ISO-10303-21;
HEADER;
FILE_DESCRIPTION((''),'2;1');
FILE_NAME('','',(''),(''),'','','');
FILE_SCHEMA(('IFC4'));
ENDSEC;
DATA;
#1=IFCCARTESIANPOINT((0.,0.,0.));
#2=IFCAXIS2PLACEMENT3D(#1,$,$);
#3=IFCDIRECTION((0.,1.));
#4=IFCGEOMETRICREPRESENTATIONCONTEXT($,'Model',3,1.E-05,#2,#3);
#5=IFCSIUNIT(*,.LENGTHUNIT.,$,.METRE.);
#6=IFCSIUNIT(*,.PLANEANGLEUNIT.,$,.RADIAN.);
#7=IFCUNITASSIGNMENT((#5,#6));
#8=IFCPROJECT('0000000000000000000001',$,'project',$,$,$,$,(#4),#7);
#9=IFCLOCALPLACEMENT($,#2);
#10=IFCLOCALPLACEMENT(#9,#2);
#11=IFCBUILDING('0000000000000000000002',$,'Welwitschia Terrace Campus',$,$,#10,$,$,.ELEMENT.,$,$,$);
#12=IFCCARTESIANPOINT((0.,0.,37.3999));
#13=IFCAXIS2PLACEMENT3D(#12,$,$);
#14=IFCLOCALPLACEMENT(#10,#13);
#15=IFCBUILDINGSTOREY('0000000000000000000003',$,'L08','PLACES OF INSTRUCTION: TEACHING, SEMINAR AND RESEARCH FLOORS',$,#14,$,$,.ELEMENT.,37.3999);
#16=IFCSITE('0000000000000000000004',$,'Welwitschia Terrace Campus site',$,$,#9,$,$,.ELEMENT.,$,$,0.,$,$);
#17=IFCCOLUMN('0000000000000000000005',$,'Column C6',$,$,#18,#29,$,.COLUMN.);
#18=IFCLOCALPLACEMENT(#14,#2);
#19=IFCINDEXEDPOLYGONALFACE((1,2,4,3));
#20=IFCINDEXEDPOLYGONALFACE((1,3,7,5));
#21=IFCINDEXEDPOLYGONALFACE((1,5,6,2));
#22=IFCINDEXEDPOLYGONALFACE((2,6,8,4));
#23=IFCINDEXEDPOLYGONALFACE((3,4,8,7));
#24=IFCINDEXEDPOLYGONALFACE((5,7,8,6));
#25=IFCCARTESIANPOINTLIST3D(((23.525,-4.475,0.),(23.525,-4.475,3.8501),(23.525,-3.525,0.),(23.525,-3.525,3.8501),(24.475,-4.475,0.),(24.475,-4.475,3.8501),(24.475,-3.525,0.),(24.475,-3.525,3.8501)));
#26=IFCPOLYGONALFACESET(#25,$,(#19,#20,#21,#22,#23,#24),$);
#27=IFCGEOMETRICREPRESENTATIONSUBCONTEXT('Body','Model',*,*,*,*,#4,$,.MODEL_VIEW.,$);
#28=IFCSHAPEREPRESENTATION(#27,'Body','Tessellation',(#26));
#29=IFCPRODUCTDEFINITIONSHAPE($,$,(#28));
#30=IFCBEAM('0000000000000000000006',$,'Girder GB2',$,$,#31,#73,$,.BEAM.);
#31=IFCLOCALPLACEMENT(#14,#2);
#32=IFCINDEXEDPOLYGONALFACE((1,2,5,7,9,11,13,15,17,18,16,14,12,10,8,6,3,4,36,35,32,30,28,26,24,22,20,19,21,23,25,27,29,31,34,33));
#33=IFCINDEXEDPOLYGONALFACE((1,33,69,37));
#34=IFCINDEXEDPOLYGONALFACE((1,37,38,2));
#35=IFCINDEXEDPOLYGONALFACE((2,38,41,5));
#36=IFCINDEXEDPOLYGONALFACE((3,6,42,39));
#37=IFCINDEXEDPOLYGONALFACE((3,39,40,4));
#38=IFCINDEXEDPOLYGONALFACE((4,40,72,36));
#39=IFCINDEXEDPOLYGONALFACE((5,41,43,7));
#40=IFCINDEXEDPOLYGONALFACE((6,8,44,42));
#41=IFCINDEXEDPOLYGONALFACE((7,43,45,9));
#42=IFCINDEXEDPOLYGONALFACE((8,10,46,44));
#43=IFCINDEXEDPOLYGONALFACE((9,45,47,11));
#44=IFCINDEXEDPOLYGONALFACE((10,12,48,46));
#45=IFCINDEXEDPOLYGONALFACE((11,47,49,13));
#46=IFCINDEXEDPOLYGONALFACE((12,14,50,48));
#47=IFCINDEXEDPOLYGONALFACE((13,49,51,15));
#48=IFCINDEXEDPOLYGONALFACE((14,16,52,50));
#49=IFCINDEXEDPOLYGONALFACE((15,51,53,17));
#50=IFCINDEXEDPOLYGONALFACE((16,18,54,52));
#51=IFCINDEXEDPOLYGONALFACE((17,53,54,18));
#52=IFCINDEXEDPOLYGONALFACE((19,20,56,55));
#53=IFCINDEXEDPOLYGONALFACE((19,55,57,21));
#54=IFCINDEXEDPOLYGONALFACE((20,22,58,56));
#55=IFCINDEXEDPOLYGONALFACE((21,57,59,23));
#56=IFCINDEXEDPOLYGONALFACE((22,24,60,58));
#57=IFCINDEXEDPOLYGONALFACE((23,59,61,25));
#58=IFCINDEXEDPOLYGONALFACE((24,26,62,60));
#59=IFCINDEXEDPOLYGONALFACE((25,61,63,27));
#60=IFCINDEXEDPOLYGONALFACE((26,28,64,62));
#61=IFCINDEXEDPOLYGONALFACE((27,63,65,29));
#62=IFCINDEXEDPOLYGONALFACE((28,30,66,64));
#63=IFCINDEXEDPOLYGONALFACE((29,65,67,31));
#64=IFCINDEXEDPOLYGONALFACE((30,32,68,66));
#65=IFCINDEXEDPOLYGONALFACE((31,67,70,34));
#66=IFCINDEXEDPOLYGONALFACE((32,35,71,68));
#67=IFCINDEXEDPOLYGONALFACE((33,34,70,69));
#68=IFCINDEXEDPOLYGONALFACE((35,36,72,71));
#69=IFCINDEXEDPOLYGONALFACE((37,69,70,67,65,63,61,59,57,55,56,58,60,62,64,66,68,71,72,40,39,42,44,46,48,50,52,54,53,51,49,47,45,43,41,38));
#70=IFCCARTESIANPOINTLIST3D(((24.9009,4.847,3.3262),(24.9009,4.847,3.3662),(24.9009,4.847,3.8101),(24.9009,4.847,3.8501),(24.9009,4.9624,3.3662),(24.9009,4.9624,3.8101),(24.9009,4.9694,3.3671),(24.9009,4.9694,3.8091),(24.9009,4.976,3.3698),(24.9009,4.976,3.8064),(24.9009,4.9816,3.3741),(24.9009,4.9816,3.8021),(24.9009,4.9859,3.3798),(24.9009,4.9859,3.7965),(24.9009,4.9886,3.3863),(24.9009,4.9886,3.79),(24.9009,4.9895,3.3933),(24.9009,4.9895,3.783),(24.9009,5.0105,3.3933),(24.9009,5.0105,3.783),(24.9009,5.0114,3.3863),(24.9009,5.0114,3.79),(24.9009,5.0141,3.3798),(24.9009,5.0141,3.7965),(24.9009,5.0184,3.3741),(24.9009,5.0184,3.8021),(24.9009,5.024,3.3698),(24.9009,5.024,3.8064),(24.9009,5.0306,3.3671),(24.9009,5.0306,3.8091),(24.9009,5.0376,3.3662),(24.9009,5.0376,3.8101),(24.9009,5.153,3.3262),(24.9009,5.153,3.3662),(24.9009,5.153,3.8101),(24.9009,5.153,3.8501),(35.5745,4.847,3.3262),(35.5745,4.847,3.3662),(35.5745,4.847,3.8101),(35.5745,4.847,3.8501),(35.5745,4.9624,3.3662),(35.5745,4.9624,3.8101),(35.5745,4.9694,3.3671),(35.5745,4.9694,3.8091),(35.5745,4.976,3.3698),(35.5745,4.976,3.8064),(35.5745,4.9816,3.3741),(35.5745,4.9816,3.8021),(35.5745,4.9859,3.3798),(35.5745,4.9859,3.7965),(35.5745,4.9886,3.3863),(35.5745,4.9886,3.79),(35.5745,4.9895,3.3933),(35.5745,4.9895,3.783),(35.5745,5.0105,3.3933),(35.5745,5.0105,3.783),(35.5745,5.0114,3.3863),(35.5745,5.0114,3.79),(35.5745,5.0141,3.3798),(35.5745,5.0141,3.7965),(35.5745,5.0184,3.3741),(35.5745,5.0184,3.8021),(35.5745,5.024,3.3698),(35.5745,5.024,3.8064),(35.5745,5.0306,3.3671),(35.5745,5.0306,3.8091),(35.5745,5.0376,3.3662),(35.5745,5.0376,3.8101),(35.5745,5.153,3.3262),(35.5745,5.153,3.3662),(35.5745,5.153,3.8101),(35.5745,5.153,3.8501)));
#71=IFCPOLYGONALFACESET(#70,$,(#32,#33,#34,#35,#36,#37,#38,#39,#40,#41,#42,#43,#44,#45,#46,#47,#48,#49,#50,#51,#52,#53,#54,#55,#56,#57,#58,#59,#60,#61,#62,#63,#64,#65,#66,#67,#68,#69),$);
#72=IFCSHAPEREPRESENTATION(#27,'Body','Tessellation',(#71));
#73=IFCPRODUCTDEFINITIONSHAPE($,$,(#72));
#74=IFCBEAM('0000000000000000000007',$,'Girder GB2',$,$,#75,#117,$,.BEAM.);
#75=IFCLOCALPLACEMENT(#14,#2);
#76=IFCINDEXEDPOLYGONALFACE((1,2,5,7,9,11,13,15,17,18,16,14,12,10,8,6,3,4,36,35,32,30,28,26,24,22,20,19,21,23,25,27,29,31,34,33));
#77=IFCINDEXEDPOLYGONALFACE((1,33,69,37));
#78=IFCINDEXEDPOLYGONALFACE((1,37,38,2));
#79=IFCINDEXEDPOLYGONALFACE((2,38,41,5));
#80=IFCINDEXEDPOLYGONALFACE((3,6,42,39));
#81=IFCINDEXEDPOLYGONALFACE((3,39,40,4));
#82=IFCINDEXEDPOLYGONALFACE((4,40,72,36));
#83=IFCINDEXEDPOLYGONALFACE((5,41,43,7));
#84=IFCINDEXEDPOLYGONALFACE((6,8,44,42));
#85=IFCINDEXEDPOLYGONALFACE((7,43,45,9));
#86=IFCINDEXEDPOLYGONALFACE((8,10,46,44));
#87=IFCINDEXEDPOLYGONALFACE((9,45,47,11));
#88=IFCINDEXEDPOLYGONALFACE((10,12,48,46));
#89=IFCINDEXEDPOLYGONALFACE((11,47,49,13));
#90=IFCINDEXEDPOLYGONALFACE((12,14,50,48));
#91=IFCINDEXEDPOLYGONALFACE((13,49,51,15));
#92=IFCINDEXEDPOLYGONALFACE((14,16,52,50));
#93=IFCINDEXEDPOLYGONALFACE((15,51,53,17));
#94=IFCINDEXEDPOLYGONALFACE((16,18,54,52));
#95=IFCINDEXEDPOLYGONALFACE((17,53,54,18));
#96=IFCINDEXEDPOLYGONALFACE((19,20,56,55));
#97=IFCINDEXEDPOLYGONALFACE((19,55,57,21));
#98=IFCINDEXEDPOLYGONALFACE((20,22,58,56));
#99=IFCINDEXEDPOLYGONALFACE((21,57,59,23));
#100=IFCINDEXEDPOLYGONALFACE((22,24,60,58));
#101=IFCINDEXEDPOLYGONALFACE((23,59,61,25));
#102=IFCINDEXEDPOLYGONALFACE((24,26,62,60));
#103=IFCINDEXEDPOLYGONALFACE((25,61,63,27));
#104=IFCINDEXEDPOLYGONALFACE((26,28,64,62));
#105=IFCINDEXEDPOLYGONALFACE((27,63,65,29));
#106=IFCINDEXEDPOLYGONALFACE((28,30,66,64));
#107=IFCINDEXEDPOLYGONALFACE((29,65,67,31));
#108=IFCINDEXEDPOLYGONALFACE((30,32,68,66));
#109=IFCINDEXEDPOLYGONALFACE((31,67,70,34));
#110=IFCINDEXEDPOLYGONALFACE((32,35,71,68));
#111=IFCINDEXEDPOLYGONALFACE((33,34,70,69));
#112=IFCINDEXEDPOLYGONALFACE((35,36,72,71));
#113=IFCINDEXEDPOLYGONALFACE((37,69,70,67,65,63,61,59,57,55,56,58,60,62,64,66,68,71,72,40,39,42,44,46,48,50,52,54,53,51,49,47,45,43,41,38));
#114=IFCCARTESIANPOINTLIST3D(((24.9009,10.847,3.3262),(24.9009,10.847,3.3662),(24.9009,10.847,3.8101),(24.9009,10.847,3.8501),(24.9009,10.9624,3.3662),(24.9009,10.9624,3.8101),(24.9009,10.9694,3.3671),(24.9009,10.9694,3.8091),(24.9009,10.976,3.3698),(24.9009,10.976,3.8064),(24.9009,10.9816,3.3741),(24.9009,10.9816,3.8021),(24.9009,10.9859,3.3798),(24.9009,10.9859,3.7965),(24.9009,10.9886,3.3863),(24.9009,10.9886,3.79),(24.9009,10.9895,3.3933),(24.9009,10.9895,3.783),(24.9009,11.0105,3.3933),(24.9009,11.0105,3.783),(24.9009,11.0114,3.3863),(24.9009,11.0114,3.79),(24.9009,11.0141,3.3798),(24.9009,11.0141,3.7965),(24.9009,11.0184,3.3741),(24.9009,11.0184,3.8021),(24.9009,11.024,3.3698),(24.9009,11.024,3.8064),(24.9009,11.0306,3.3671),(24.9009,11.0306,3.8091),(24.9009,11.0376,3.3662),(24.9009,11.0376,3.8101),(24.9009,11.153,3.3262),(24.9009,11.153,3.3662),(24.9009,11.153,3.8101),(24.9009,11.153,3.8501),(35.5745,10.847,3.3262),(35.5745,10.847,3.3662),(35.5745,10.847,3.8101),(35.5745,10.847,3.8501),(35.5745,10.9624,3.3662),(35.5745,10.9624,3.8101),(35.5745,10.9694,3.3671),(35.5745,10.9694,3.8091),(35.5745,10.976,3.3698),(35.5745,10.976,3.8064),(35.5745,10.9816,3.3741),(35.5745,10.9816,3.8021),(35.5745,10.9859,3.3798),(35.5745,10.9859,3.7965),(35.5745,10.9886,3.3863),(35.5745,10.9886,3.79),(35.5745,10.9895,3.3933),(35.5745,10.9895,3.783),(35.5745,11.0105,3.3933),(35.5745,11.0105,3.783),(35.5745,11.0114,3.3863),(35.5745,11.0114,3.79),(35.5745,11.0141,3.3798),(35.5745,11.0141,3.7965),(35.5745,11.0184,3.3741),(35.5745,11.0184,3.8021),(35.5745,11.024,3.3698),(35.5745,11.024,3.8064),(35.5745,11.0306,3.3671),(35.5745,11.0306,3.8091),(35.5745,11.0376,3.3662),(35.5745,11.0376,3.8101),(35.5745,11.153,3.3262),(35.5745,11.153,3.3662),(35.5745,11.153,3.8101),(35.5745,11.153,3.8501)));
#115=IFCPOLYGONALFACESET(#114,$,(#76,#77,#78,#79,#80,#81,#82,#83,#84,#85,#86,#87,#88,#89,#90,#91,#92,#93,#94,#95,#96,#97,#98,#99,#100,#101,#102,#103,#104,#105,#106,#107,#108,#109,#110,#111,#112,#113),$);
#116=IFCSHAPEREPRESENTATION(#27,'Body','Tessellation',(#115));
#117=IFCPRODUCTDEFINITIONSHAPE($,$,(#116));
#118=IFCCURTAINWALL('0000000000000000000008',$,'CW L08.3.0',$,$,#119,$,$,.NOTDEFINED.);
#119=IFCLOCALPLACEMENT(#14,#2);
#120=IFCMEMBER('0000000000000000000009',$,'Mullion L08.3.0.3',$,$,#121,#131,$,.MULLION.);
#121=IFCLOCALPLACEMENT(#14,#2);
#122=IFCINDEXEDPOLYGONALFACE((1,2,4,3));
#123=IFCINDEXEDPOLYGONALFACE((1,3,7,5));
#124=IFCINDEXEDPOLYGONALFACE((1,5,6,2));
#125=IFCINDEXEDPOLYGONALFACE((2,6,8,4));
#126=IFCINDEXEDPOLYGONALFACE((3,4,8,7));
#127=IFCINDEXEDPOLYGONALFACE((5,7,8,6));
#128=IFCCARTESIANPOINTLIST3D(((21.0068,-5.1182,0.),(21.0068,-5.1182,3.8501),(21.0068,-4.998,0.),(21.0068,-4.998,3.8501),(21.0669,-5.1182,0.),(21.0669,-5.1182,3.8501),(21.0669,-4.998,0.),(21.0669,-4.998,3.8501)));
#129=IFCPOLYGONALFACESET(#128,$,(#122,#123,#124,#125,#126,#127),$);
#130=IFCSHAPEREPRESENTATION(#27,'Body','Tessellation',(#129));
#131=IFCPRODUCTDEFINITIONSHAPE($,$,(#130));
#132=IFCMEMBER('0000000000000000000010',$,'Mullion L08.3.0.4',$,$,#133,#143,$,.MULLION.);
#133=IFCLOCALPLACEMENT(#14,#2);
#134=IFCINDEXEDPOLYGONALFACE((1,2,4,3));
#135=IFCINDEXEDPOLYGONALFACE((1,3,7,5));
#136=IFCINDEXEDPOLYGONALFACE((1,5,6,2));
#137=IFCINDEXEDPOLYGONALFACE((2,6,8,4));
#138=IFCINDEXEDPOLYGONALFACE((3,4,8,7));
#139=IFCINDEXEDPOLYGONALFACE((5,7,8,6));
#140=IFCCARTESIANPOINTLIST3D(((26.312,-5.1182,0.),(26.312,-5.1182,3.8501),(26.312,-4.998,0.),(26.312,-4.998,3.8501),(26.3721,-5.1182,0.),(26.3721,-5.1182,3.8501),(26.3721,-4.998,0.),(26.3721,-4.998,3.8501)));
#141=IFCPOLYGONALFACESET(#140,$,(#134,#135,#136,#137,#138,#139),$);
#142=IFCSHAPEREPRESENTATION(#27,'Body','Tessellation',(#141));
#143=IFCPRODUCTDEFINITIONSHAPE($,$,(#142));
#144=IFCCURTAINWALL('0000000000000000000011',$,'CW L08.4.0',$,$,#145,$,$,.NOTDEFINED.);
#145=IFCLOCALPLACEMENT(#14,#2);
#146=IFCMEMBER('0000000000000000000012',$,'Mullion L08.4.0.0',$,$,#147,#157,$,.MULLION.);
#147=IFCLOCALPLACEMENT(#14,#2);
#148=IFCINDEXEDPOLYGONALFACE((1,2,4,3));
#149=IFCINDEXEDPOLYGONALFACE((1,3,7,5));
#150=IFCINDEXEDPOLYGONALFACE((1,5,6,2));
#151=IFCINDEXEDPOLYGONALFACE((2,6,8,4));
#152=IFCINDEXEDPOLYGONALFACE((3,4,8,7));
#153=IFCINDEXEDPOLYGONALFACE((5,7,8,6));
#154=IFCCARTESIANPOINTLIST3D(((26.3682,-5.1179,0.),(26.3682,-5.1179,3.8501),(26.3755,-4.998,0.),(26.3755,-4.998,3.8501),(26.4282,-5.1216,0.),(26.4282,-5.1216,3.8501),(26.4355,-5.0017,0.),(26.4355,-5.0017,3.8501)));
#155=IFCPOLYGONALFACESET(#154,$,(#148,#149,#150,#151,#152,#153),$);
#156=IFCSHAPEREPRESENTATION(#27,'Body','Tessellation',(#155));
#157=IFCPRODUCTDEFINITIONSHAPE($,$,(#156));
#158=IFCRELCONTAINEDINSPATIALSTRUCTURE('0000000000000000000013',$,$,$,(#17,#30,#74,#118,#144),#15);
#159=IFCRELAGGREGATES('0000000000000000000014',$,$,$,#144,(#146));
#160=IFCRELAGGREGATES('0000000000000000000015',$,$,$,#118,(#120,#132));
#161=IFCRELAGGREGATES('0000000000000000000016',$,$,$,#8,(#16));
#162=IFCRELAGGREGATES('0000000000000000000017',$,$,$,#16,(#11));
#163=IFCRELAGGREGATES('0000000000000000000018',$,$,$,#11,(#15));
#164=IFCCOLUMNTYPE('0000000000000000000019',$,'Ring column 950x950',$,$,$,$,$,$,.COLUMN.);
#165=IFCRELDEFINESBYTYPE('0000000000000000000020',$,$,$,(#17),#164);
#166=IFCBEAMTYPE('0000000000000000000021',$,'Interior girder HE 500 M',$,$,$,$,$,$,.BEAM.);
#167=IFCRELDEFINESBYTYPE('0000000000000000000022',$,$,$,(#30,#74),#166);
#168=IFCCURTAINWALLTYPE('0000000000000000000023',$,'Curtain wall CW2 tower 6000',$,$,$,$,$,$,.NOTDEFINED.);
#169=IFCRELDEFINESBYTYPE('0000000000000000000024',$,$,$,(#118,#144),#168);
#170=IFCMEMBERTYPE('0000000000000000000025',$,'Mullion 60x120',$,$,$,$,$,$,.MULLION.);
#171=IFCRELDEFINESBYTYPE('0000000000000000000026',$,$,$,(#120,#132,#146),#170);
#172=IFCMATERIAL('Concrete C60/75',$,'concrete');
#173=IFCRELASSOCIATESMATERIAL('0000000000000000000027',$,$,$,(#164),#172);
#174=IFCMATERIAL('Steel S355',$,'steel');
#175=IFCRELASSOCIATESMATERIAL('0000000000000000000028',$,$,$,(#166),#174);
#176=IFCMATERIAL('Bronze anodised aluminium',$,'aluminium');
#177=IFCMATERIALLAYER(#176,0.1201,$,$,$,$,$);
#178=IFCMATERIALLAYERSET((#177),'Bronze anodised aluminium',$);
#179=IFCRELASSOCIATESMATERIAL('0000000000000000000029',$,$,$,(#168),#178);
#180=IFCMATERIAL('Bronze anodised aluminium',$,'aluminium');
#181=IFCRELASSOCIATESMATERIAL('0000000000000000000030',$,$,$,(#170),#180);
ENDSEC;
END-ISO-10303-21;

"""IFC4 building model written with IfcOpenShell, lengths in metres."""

from ifc_helpers import new_model, si_unit, direction, frame, origin, origin_2d, place, context, subcontext, project, spatial, rectangle, i_section, extrude, material, layer, layer_set, material_profile, profile_set, type_object, element, aggregate, save


model = new_model("IFC4")

# Units and contexts
model_context = context("Model", 3, precision=1e-05, world=origin(), true_north=direction((0.0, 1.0)))
body_context = subcontext(model_context, "Body", "Model", "MODEL_VIEW")
ifc_project = project(units=[si_unit("LENGTHUNIT", "METRE"), si_unit("PLANEANGLEUNIT", "RADIAN")], contexts=[model_context])

# Site, building, storey
site_placement = place(None, origin())
site = spatial("IfcSite", under=ifc_project, at=site_placement, Name="Welwitschia Terrace Campus site", CompositionType="ELEMENT", RefElevation=0.0)
building_placement = place(site_placement, origin())
building = spatial("IfcBuilding", under=site, at=building_placement, Name="Welwitschia Terrace Campus", CompositionType="ELEMENT")
storey_placement = place(building_placement, frame((0.0, 0.0, 37.3999)))
storey = spatial("IfcBuildingStorey", under=building, at=storey_placement, Name="L08", Description="PLACES OF INSTRUCTION: TEACHING, SEMINAR AND RESEARCH FLOORS", CompositionType="ELEMENT", Elevation=37.3999)

# Column
ifc_material_1 = material(Name="Concrete C60/75", Category="concrete")
ifc_material_profile_1 = material_profile(ifc_material_1, rectangle(XDim=0.95, YDim=0.95, at=origin_2d()))
ifc_profile_set_1 = profile_set([ifc_material_profile_1], Name="Concrete C60/75")
column_type = type_object("IfcColumnType", Name="Ring column 950x950", PredefinedType="COLUMN", material=ifc_profile_set_1)
column_placement = place(storey_placement, frame((24.0, -4.0, 0.0), z_axis=(0.0, 0.0, 1.0), x_axis=(1.0, 0.0, 0.0)))
element("IfcColumn", 1, at=column_placement, inside=storey, type_object=column_type, Name="Column C6", PredefinedType="COLUMN", context=body_context, shape_type="SweptSolid", body=[
    extrude(rectangle(XDim=0.95, YDim=0.95, at=origin_2d()), origin(), (0.0, 0.0, 1.0), 3.8501),
])

# Beams
ifc_material_2 = material(Name="Steel S355", Category="steel")
ifc_material_profile_2 = material_profile(ifc_material_2, i_section(OverallWidth=0.3059, OverallDepth=0.5239, WebThickness=0.021, FlangeThickness=0.04, FilletRadius=0.0271, at=origin_2d()))
ifc_profile_set_2 = profile_set([ifc_material_profile_2], Name="Steel S355")
beam_type_1 = type_object("IfcBeamType", Name="Interior girder HE 500 M", PredefinedType="BEAM", material=ifc_profile_set_2)
for number, where, z_axis, x_axis, name in (
    (2, (24.9009, 5.0, 3.5881), (1.0, 0.0, 0.0), (0.0, 1.0, 0.0), "Girder GB2"),
    (3, (24.9009, 11.0, 3.5881), (1.0, 0.0, 0.0), (0.0, 1.0, 0.0), "Girder GB2"),
):
    element("IfcBeam", number, at=place(storey_placement, frame(where, z_axis=z_axis, x_axis=x_axis)), inside=storey, type_object=beam_type_1, Name=name, PredefinedType="BEAM", context=body_context, shape_type="SweptSolid", body=[
        extrude(i_section(OverallWidth=0.3059, OverallDepth=0.5239, WebThickness=0.021, FlangeThickness=0.04, FilletRadius=0.0271, at=origin_2d()), origin(), (0.0, 0.0, 1.0), 10.6736),
    ])

# Curtain wall, members
ifc_material_3 = material(Name="Bronze anodised aluminium", Category="aluminium")
ifc_layer_1 = layer(ifc_material_3, 0.1201)
ifc_layer_set_1 = layer_set([ifc_layer_1], Name="Bronze anodised aluminium")
curtain_wall_type = type_object("IfcCurtainWallType", Name="Curtain wall CW2 tower 6000", PredefinedType="NOTDEFINED", material=ifc_layer_set_1)
curtain_wall_1_placement = place(storey_placement, origin())
curtain_wall_1 = element("IfcCurtainWall", 4, at=curtain_wall_1_placement, inside=storey, type_object=curtain_wall_type, Name="CW L08.3.0", PredefinedType="NOTDEFINED")
ifc_material_4 = material(Name="Bronze anodised aluminium", Category="aluminium")
ifc_material_profile_3 = material_profile(ifc_material_4, rectangle(XDim=0.1201, YDim=0.0601, at=origin_2d()))
ifc_profile_set_3 = profile_set([ifc_material_profile_3], Name="Bronze anodised aluminium")
member_type = type_object("IfcMemberType", Name="Mullion 60x120", PredefinedType="MULLION", material=ifc_profile_set_3)
member_1_placement = place(storey_placement, frame((21.0369, -5.0581, 0.0), z_axis=(0.0, 0.0, 1.0), x_axis=(0.0, 1.0, 0.0)))
member_1 = element("IfcMember", 5, at=member_1_placement, type_object=member_type, Name="Mullion L08.3.0.3", PredefinedType="MULLION", context=body_context, shape_type="SweptSolid", body=[
    extrude(rectangle(XDim=0.1201, YDim=0.0601, at=origin_2d()), origin(), (0.0, 0.0, 1.0), 3.8501),
])
member_2_placement = place(storey_placement, frame((26.342, -5.0581, 0.0), z_axis=(0.0, 0.0, 1.0), x_axis=(0.0, 1.0, 0.0)))
member_2 = element("IfcMember", 6, at=member_2_placement, type_object=member_type, Name="Mullion L08.3.0.4", PredefinedType="MULLION", context=body_context, shape_type="SweptSolid", body=[
    extrude(rectangle(XDim=0.1201, YDim=0.0601, at=origin_2d()), origin(), (0.0, 0.0, 1.0), 3.8501),
])

# Curtain wall, member
curtain_wall_2_placement = place(storey_placement, origin())
curtain_wall_2 = element("IfcCurtainWall", 7, at=curtain_wall_2_placement, inside=storey, type_object=curtain_wall_type, Name="CW L08.4.0", PredefinedType="NOTDEFINED")
member_3_placement = place(storey_placement, frame((26.4019, -5.0598, 0.0), z_axis=(0.0, 0.0, 1.0), x_axis=(0.061049, 0.998135, 0.0)))
member_3 = element("IfcMember", 8, at=member_3_placement, type_object=member_type, Name="Mullion L08.4.0.0", PredefinedType="MULLION", context=body_context, shape_type="SweptSolid", body=[
    extrude(rectangle(XDim=0.1201, YDim=0.0601, at=origin_2d()), origin(), (0.0, 0.0, 1.0), 3.8501),
])
aggregate(curtain_wall_2, [member_3])

aggregate(curtain_wall_1, [member_1, member_2])

save(model, "model.ifc")
